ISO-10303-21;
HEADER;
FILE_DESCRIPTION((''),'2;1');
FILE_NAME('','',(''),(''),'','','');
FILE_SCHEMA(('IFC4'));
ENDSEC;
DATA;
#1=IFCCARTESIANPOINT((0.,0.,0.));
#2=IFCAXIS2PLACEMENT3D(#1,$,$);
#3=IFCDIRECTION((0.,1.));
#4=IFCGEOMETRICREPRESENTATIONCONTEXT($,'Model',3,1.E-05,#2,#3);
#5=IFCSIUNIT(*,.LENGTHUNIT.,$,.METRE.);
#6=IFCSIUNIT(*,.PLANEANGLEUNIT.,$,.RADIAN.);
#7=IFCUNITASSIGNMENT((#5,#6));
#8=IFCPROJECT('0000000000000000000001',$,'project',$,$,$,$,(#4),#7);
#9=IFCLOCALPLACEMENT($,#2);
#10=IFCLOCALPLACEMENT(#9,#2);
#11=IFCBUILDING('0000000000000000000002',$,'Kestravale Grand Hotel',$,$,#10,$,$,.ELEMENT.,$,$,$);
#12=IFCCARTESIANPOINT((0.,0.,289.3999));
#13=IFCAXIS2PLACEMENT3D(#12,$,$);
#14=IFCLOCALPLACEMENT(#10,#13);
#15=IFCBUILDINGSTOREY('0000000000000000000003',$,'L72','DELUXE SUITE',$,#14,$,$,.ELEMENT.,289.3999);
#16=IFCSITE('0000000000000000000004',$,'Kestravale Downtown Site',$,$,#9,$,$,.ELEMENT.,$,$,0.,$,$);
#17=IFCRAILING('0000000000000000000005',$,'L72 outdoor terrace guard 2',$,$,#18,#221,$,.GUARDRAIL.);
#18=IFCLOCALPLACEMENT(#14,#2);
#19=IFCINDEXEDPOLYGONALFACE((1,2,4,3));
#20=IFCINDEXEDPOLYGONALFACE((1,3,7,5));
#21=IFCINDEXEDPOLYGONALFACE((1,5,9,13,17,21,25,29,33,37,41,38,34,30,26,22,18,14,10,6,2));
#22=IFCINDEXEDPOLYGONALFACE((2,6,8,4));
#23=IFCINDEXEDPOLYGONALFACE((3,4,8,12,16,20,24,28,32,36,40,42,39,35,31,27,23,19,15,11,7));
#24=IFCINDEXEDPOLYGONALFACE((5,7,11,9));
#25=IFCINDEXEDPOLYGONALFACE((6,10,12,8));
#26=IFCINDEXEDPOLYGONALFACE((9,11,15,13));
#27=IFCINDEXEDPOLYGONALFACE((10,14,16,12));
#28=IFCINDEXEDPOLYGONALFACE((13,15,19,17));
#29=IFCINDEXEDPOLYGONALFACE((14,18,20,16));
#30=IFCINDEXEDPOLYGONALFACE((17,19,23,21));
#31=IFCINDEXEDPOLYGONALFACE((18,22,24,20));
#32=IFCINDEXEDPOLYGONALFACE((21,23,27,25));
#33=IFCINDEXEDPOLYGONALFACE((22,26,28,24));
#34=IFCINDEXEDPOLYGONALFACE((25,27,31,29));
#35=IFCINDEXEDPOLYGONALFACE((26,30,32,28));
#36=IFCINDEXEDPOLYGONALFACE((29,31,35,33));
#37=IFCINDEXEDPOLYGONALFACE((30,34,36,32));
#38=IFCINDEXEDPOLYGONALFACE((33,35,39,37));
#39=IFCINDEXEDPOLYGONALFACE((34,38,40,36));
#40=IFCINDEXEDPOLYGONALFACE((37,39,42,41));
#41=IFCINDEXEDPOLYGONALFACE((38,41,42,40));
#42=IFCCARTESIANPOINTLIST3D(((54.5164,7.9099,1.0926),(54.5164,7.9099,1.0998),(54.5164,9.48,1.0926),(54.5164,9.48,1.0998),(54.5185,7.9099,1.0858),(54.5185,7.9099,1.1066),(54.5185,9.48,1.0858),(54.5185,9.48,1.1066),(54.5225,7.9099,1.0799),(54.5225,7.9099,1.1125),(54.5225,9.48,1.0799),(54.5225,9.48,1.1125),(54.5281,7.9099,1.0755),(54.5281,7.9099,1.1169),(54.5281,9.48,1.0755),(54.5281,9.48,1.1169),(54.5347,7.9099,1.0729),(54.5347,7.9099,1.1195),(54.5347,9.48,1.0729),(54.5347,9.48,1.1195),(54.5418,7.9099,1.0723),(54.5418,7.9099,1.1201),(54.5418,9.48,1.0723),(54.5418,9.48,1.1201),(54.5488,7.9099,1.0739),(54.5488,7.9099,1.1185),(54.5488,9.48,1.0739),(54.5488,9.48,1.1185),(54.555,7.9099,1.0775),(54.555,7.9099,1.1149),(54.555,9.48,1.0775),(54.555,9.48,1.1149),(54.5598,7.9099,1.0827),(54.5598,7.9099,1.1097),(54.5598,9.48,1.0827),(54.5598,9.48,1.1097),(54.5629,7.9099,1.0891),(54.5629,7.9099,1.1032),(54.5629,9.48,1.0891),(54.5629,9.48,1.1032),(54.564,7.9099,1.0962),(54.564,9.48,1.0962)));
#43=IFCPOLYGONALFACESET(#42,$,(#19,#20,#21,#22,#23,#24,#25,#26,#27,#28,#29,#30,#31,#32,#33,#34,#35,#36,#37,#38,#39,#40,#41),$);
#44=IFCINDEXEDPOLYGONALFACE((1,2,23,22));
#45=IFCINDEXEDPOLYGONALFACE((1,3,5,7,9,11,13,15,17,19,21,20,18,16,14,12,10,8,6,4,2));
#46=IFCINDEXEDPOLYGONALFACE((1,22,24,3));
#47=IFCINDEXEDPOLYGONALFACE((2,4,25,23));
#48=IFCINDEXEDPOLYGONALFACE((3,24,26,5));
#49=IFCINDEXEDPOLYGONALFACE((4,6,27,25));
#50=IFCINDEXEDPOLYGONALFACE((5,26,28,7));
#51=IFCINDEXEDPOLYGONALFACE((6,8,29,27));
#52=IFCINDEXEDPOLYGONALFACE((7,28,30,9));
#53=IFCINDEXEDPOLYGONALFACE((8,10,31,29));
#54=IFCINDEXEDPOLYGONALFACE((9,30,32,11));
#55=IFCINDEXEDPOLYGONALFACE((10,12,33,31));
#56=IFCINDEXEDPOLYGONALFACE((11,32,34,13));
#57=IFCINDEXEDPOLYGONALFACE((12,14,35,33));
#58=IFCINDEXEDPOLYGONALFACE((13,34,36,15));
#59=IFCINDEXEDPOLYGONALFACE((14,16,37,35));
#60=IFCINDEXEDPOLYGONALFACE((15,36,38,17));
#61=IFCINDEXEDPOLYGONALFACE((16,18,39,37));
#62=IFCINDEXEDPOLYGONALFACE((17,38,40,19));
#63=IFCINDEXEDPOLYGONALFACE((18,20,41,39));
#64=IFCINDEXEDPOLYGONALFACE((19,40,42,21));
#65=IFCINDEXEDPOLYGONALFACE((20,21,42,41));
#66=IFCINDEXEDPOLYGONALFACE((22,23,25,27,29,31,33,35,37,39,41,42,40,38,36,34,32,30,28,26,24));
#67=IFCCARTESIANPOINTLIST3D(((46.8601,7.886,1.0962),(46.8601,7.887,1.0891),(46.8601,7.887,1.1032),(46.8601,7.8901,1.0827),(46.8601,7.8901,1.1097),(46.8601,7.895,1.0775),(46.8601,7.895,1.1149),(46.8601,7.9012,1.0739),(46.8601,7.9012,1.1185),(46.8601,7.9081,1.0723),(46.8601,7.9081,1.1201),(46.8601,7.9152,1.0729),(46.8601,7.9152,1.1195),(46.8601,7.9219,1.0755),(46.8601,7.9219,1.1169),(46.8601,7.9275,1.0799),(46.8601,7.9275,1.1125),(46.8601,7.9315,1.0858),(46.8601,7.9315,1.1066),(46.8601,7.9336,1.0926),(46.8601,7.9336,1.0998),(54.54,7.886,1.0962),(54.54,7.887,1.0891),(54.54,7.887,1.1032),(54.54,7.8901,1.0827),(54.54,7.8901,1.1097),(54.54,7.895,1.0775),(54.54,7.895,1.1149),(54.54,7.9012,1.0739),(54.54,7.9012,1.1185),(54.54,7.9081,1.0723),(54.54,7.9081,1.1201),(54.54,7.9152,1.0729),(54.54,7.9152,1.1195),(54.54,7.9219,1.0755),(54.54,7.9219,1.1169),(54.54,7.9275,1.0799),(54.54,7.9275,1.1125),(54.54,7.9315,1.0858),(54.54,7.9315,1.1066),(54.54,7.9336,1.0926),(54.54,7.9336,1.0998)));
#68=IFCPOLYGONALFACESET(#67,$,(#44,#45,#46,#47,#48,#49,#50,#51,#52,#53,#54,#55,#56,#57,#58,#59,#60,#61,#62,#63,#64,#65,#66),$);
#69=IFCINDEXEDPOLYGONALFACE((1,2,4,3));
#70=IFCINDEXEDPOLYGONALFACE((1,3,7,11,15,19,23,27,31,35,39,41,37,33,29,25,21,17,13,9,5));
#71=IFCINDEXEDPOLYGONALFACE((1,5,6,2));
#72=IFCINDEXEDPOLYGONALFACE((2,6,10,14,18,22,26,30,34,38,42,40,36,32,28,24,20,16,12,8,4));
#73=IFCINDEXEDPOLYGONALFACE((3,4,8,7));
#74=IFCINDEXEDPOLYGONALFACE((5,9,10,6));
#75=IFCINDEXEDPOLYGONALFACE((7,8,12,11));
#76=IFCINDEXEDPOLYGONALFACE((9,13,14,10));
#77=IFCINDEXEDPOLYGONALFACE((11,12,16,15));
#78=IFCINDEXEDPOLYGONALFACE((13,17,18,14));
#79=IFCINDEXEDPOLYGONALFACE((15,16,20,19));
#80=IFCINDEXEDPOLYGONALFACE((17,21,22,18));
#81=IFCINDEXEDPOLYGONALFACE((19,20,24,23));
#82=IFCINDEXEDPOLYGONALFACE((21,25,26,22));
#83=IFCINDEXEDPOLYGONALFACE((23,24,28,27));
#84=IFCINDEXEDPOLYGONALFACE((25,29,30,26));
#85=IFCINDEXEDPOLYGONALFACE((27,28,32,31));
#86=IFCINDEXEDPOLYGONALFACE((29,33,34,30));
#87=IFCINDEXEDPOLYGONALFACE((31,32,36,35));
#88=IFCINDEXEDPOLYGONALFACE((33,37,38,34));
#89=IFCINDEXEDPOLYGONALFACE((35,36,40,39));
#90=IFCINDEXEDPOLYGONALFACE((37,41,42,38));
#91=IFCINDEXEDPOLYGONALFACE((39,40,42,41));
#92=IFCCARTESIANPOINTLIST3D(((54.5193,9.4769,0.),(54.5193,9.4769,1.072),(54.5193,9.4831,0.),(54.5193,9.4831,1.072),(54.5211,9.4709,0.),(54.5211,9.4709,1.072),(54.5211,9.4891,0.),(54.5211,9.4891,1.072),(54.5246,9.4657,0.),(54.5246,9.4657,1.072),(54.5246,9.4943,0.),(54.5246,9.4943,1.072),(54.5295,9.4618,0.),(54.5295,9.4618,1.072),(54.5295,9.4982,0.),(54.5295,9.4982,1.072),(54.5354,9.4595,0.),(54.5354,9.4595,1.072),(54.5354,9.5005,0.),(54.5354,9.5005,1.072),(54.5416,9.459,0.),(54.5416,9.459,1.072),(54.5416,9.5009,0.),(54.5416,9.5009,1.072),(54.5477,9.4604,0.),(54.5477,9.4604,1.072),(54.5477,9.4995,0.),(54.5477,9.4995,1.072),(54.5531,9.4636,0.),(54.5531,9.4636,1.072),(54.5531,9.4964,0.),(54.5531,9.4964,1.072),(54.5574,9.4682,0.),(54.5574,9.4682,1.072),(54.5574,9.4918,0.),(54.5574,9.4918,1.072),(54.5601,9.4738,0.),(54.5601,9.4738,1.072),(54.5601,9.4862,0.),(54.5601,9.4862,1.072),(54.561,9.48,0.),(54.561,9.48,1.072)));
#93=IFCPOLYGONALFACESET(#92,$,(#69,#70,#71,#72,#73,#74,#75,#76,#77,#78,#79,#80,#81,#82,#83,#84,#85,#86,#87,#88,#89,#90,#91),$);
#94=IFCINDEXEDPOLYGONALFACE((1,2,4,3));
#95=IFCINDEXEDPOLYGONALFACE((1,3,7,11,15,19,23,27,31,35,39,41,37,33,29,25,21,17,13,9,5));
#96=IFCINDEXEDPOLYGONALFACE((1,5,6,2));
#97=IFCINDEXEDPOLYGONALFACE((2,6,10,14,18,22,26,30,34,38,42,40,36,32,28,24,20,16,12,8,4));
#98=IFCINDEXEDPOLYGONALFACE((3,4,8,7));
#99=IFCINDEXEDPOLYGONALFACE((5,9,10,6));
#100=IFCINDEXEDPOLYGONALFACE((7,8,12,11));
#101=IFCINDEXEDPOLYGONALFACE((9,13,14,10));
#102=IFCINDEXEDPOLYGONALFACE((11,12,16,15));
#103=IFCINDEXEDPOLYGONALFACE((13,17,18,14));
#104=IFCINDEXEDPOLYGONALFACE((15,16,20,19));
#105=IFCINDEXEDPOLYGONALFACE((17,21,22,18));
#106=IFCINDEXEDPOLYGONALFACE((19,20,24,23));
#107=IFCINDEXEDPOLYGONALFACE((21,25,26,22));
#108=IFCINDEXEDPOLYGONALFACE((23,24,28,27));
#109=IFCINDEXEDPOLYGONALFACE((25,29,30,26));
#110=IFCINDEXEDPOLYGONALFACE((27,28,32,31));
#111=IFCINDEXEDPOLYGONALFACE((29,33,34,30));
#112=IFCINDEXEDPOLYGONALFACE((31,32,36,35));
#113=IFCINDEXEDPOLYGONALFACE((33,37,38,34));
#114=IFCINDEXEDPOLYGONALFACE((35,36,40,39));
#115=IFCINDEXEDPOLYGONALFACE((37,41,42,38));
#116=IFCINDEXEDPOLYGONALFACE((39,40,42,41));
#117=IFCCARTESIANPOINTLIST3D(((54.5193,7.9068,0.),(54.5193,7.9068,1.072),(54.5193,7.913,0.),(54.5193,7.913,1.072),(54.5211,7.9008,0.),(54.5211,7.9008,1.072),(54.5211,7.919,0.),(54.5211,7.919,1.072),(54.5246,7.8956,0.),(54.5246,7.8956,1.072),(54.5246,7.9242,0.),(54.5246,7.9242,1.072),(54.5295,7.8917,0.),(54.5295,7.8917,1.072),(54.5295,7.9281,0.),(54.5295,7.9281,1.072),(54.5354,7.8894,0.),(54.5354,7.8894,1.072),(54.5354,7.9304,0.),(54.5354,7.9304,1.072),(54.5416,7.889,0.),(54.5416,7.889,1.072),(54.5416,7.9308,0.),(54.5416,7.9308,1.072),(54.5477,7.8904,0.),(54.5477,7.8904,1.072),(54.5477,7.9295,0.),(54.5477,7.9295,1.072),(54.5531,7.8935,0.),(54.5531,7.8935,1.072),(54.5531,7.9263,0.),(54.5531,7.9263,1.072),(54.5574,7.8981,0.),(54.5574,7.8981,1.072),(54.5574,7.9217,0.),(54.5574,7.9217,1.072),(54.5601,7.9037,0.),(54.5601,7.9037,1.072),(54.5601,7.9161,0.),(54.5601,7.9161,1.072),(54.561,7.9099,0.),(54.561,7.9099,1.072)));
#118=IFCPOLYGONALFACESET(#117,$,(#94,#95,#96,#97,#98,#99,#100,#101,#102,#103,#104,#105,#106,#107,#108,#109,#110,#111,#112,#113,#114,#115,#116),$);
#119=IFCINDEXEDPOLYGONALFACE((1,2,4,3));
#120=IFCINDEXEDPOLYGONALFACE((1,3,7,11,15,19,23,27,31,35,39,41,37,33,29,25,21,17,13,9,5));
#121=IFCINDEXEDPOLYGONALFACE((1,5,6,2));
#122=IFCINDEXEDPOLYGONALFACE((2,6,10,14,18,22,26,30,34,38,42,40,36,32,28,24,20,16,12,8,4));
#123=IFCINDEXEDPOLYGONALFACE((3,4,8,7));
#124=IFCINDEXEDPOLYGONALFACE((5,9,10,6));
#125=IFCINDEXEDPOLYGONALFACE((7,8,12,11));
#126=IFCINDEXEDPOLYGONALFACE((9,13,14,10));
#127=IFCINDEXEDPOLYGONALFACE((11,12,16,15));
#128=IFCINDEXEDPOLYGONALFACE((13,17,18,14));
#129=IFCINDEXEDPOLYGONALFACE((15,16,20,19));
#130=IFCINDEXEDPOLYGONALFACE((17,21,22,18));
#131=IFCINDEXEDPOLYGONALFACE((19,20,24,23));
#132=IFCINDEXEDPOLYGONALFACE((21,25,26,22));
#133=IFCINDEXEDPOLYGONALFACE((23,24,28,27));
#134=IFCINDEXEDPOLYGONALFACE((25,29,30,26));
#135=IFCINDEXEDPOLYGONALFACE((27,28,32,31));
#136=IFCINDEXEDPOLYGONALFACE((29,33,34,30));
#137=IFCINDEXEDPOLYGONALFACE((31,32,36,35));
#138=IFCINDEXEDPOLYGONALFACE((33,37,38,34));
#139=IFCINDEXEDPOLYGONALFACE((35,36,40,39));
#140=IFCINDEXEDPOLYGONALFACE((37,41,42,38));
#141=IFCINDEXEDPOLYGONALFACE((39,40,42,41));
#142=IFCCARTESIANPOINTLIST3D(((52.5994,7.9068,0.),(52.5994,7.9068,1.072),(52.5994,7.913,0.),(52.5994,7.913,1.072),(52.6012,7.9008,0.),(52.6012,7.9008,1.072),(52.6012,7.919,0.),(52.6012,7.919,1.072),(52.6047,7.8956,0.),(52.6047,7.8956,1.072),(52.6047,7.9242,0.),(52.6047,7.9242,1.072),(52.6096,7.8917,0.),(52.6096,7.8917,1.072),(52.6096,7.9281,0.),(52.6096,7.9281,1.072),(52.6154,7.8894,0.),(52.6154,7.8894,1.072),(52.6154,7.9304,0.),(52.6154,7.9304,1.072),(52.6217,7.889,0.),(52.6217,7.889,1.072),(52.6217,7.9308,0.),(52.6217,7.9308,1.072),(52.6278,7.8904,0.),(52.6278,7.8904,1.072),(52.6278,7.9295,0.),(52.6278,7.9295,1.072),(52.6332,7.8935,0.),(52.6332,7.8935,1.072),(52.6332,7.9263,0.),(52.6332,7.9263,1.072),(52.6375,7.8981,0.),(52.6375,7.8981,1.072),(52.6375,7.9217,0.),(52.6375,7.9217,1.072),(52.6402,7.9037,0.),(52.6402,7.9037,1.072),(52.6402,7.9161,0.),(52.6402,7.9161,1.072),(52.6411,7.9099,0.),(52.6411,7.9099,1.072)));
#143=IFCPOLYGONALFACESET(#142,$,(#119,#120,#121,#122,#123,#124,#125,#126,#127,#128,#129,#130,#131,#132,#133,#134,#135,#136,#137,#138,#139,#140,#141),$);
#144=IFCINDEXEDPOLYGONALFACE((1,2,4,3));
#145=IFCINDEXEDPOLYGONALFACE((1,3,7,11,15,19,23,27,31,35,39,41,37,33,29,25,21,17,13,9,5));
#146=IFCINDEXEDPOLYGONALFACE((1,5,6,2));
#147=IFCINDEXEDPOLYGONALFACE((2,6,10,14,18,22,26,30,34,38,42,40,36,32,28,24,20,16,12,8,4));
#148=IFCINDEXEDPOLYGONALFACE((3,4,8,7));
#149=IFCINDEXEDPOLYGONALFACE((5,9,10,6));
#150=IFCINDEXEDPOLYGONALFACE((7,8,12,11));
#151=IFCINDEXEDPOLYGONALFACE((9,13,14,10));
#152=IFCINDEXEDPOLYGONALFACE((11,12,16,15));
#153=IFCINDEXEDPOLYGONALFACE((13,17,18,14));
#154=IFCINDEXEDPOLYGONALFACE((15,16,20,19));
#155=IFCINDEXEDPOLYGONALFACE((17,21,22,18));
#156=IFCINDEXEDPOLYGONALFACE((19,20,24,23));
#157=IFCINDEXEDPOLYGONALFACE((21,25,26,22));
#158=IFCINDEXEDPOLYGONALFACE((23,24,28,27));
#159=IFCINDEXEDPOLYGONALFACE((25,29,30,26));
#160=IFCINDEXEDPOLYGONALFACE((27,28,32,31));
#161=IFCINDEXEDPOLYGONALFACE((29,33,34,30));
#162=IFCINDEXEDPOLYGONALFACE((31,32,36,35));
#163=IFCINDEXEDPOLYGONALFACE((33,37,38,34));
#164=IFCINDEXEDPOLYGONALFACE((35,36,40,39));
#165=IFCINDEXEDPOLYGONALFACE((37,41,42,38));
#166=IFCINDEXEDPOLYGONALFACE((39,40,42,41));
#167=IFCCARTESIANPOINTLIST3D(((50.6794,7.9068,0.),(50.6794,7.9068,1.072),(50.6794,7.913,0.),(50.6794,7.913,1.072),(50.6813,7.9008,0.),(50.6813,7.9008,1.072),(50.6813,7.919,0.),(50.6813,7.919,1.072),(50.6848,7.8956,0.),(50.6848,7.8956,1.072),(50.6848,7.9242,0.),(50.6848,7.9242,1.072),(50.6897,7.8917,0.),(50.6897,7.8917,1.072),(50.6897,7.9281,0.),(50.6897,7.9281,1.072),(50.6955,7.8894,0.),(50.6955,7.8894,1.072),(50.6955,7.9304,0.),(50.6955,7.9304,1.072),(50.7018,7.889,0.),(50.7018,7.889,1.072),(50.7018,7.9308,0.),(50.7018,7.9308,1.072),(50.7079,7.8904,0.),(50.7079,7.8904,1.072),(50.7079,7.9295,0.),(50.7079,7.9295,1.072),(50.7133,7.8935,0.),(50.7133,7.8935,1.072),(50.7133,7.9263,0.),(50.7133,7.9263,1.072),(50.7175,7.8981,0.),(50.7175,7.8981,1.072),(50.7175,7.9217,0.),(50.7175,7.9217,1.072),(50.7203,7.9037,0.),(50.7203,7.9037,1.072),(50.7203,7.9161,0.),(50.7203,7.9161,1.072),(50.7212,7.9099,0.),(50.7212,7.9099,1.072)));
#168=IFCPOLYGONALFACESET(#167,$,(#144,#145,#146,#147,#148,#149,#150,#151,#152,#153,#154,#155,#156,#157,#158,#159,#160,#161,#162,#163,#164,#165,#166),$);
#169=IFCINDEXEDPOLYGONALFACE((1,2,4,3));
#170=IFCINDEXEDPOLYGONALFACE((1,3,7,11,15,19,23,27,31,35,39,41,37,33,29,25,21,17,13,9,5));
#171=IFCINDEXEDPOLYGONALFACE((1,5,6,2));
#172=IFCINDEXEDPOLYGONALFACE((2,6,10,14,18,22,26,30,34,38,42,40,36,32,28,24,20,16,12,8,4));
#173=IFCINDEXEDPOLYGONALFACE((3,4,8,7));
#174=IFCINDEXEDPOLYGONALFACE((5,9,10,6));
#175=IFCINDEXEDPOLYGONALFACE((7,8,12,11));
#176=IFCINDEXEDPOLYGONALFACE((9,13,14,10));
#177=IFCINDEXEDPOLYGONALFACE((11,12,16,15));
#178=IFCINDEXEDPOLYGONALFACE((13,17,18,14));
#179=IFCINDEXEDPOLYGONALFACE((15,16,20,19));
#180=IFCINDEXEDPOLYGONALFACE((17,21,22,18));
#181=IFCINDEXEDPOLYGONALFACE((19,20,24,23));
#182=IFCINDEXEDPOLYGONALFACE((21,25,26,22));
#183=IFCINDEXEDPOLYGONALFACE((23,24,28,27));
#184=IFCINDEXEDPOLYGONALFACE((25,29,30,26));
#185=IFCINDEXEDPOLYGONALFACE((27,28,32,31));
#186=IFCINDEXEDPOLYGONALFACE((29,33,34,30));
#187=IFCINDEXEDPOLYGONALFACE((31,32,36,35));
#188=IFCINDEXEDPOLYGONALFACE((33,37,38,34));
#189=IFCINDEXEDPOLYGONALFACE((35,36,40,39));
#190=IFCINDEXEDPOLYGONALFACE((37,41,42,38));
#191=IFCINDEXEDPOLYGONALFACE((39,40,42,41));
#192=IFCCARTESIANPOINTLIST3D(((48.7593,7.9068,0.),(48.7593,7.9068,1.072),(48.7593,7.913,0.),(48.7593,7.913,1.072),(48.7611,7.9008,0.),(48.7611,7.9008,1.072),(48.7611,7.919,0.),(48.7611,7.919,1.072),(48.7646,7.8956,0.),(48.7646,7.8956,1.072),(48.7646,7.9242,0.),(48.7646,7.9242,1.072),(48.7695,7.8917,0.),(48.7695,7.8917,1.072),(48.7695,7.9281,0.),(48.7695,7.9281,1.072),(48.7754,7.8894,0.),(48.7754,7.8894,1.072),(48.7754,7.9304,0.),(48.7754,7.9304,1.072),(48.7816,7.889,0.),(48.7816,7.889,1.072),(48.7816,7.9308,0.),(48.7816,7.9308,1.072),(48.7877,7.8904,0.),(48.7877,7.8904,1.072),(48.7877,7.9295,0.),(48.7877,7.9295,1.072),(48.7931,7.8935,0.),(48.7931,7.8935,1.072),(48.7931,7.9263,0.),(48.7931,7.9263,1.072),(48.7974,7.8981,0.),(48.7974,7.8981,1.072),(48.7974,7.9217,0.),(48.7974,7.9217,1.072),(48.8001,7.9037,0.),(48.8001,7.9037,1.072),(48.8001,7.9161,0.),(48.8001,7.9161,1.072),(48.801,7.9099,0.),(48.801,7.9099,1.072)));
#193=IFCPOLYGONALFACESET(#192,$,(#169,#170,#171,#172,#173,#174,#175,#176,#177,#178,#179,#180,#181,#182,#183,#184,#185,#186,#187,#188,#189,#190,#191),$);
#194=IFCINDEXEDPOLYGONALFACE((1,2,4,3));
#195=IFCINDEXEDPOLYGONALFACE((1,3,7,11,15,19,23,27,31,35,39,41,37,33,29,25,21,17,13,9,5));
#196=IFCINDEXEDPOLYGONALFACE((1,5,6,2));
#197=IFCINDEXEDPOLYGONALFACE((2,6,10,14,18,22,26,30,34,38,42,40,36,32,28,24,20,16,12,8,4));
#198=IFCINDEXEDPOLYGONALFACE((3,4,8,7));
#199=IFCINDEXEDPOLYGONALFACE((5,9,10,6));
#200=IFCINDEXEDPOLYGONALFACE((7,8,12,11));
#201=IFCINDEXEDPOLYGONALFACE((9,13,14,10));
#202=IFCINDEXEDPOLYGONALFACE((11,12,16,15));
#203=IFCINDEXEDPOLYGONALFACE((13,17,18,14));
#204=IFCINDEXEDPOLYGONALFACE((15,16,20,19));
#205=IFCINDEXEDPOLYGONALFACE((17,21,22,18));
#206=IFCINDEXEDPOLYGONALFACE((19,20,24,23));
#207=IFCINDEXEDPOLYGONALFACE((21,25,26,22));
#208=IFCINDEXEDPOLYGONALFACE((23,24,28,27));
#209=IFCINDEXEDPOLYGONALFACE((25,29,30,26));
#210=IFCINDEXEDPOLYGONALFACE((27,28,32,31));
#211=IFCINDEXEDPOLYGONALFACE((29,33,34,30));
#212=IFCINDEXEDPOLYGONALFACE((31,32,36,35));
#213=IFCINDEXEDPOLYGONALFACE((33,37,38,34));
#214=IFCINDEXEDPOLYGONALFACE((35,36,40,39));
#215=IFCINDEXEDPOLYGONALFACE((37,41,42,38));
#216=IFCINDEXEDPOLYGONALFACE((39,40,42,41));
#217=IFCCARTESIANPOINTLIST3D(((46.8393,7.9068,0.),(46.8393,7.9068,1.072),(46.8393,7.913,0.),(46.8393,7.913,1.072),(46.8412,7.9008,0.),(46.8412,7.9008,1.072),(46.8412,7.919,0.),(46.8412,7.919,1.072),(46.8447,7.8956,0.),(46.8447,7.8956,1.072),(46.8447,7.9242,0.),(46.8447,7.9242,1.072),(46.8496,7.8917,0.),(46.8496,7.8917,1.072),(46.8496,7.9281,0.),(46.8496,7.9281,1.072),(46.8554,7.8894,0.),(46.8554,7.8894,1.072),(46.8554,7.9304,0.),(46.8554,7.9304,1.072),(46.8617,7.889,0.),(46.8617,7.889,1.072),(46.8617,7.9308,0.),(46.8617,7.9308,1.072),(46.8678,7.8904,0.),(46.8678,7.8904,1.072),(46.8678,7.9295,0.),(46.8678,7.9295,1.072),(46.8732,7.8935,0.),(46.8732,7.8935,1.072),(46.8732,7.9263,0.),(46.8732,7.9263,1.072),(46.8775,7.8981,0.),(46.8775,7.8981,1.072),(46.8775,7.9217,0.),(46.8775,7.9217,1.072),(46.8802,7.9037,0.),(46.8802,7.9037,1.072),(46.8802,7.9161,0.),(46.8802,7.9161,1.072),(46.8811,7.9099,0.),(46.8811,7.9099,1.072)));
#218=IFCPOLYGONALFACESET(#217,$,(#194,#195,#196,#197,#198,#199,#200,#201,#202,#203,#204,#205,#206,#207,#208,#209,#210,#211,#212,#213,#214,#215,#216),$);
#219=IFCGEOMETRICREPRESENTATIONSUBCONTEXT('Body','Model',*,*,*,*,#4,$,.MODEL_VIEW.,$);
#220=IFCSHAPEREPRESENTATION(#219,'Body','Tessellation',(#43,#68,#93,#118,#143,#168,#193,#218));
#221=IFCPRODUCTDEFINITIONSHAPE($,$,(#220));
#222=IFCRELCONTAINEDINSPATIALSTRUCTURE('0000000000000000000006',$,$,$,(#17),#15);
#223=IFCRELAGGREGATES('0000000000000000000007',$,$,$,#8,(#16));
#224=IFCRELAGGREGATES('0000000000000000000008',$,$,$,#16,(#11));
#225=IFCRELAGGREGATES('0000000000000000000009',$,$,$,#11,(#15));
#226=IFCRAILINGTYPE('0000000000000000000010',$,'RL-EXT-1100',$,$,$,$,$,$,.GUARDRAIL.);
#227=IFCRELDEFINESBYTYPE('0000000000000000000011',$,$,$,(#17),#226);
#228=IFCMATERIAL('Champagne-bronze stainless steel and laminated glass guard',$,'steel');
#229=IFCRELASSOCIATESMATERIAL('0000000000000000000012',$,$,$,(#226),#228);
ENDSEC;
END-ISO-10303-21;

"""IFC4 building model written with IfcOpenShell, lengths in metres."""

from ifc_helpers import new_model, si_unit, direction, frame, origin, origin_2d, place, context, subcontext, project, spatial, circle, extrude, material, type_object, element, save


model = new_model("IFC4")

# Units and contexts
model_context = context("Model", 3, precision=1e-05, world=origin(), true_north=direction((0.0, 1.0)))
body_context = subcontext(model_context, "Body", "Model", "MODEL_VIEW")
ifc_project = project(units=[si_unit("LENGTHUNIT", "METRE"), si_unit("PLANEANGLEUNIT", "RADIAN")], contexts=[model_context])

# Site, building, storey
site_placement = place(None, origin())
site = spatial("IfcSite", under=ifc_project, at=site_placement, Name="Kestravale Downtown Site", CompositionType="ELEMENT", RefElevation=0.0)
building_placement = place(site_placement, origin())
building = spatial("IfcBuilding", under=site, at=building_placement, Name="Kestravale Grand Hotel", CompositionType="ELEMENT")
storey_placement = place(building_placement, frame((0.0, 0.0, 289.3999)))
storey = spatial("IfcBuildingStorey", under=building, at=storey_placement, Name="L72", Description="DELUXE SUITE", CompositionType="ELEMENT", Elevation=289.3999)

# Railing
ifc_material_1 = material(Name="Champagne-bronze stainless steel and laminated glass guard", Category="steel")
railing_type = type_object("IfcRailingType", Name="RL-EXT-1100", PredefinedType="GUARDRAIL", material=ifc_material_1)
railing_placement = place(storey_placement, frame((54.54, 9.48, 0.0)))
element("IfcRailing", 1, at=railing_placement, inside=storey, type_object=railing_type, Name="L72 outdoor terrace guard 2", PredefinedType="GUARDRAIL", context=body_context, shape_type="SweptSolid", body=[
    extrude(circle(Radius=0.0239, at=origin_2d()), frame((0.0, 0.0, 1.0962), z_axis=(0.0, -1.0, 0.0), x_axis=(1.0, 0.0, 0.0)), (0.0, 0.0, 1.0), 1.5701),
    extrude(circle(Radius=0.0239, at=origin_2d()), frame((0.0, -1.5701, 1.0962), z_axis=(-1.0, 0.0, 0.0), x_axis=(0.0, -1.0, 0.0)), (0.0, 0.0, 1.0), 7.6799),
    extrude(circle(Radius=0.021, at=origin_2d()), origin(), (0.0, 0.0, 1.0), 1.072),
    extrude(circle(Radius=0.021, at=origin_2d()), frame((0.0, -1.5701, 0.0)), (0.0, 0.0, 1.0), 1.072),
    extrude(circle(Radius=0.021, at=origin_2d()), frame((-1.9199, -1.5701, 0.0)), (0.0, 0.0, 1.0), 1.072),
    extrude(circle(Radius=0.021, at=origin_2d()), frame((-3.8398, -1.5701, 0.0)), (0.0, 0.0, 1.0), 1.072),
    extrude(circle(Radius=0.021, at=origin_2d()), frame((-5.76, -1.5701, 0.0)), (0.0, 0.0, 1.0), 1.072),
    extrude(circle(Radius=0.021, at=origin_2d()), frame((-7.6799, -1.5701, 0.0)), (0.0, 0.0, 1.0), 1.072),
])

save(model, "model.ifc")
